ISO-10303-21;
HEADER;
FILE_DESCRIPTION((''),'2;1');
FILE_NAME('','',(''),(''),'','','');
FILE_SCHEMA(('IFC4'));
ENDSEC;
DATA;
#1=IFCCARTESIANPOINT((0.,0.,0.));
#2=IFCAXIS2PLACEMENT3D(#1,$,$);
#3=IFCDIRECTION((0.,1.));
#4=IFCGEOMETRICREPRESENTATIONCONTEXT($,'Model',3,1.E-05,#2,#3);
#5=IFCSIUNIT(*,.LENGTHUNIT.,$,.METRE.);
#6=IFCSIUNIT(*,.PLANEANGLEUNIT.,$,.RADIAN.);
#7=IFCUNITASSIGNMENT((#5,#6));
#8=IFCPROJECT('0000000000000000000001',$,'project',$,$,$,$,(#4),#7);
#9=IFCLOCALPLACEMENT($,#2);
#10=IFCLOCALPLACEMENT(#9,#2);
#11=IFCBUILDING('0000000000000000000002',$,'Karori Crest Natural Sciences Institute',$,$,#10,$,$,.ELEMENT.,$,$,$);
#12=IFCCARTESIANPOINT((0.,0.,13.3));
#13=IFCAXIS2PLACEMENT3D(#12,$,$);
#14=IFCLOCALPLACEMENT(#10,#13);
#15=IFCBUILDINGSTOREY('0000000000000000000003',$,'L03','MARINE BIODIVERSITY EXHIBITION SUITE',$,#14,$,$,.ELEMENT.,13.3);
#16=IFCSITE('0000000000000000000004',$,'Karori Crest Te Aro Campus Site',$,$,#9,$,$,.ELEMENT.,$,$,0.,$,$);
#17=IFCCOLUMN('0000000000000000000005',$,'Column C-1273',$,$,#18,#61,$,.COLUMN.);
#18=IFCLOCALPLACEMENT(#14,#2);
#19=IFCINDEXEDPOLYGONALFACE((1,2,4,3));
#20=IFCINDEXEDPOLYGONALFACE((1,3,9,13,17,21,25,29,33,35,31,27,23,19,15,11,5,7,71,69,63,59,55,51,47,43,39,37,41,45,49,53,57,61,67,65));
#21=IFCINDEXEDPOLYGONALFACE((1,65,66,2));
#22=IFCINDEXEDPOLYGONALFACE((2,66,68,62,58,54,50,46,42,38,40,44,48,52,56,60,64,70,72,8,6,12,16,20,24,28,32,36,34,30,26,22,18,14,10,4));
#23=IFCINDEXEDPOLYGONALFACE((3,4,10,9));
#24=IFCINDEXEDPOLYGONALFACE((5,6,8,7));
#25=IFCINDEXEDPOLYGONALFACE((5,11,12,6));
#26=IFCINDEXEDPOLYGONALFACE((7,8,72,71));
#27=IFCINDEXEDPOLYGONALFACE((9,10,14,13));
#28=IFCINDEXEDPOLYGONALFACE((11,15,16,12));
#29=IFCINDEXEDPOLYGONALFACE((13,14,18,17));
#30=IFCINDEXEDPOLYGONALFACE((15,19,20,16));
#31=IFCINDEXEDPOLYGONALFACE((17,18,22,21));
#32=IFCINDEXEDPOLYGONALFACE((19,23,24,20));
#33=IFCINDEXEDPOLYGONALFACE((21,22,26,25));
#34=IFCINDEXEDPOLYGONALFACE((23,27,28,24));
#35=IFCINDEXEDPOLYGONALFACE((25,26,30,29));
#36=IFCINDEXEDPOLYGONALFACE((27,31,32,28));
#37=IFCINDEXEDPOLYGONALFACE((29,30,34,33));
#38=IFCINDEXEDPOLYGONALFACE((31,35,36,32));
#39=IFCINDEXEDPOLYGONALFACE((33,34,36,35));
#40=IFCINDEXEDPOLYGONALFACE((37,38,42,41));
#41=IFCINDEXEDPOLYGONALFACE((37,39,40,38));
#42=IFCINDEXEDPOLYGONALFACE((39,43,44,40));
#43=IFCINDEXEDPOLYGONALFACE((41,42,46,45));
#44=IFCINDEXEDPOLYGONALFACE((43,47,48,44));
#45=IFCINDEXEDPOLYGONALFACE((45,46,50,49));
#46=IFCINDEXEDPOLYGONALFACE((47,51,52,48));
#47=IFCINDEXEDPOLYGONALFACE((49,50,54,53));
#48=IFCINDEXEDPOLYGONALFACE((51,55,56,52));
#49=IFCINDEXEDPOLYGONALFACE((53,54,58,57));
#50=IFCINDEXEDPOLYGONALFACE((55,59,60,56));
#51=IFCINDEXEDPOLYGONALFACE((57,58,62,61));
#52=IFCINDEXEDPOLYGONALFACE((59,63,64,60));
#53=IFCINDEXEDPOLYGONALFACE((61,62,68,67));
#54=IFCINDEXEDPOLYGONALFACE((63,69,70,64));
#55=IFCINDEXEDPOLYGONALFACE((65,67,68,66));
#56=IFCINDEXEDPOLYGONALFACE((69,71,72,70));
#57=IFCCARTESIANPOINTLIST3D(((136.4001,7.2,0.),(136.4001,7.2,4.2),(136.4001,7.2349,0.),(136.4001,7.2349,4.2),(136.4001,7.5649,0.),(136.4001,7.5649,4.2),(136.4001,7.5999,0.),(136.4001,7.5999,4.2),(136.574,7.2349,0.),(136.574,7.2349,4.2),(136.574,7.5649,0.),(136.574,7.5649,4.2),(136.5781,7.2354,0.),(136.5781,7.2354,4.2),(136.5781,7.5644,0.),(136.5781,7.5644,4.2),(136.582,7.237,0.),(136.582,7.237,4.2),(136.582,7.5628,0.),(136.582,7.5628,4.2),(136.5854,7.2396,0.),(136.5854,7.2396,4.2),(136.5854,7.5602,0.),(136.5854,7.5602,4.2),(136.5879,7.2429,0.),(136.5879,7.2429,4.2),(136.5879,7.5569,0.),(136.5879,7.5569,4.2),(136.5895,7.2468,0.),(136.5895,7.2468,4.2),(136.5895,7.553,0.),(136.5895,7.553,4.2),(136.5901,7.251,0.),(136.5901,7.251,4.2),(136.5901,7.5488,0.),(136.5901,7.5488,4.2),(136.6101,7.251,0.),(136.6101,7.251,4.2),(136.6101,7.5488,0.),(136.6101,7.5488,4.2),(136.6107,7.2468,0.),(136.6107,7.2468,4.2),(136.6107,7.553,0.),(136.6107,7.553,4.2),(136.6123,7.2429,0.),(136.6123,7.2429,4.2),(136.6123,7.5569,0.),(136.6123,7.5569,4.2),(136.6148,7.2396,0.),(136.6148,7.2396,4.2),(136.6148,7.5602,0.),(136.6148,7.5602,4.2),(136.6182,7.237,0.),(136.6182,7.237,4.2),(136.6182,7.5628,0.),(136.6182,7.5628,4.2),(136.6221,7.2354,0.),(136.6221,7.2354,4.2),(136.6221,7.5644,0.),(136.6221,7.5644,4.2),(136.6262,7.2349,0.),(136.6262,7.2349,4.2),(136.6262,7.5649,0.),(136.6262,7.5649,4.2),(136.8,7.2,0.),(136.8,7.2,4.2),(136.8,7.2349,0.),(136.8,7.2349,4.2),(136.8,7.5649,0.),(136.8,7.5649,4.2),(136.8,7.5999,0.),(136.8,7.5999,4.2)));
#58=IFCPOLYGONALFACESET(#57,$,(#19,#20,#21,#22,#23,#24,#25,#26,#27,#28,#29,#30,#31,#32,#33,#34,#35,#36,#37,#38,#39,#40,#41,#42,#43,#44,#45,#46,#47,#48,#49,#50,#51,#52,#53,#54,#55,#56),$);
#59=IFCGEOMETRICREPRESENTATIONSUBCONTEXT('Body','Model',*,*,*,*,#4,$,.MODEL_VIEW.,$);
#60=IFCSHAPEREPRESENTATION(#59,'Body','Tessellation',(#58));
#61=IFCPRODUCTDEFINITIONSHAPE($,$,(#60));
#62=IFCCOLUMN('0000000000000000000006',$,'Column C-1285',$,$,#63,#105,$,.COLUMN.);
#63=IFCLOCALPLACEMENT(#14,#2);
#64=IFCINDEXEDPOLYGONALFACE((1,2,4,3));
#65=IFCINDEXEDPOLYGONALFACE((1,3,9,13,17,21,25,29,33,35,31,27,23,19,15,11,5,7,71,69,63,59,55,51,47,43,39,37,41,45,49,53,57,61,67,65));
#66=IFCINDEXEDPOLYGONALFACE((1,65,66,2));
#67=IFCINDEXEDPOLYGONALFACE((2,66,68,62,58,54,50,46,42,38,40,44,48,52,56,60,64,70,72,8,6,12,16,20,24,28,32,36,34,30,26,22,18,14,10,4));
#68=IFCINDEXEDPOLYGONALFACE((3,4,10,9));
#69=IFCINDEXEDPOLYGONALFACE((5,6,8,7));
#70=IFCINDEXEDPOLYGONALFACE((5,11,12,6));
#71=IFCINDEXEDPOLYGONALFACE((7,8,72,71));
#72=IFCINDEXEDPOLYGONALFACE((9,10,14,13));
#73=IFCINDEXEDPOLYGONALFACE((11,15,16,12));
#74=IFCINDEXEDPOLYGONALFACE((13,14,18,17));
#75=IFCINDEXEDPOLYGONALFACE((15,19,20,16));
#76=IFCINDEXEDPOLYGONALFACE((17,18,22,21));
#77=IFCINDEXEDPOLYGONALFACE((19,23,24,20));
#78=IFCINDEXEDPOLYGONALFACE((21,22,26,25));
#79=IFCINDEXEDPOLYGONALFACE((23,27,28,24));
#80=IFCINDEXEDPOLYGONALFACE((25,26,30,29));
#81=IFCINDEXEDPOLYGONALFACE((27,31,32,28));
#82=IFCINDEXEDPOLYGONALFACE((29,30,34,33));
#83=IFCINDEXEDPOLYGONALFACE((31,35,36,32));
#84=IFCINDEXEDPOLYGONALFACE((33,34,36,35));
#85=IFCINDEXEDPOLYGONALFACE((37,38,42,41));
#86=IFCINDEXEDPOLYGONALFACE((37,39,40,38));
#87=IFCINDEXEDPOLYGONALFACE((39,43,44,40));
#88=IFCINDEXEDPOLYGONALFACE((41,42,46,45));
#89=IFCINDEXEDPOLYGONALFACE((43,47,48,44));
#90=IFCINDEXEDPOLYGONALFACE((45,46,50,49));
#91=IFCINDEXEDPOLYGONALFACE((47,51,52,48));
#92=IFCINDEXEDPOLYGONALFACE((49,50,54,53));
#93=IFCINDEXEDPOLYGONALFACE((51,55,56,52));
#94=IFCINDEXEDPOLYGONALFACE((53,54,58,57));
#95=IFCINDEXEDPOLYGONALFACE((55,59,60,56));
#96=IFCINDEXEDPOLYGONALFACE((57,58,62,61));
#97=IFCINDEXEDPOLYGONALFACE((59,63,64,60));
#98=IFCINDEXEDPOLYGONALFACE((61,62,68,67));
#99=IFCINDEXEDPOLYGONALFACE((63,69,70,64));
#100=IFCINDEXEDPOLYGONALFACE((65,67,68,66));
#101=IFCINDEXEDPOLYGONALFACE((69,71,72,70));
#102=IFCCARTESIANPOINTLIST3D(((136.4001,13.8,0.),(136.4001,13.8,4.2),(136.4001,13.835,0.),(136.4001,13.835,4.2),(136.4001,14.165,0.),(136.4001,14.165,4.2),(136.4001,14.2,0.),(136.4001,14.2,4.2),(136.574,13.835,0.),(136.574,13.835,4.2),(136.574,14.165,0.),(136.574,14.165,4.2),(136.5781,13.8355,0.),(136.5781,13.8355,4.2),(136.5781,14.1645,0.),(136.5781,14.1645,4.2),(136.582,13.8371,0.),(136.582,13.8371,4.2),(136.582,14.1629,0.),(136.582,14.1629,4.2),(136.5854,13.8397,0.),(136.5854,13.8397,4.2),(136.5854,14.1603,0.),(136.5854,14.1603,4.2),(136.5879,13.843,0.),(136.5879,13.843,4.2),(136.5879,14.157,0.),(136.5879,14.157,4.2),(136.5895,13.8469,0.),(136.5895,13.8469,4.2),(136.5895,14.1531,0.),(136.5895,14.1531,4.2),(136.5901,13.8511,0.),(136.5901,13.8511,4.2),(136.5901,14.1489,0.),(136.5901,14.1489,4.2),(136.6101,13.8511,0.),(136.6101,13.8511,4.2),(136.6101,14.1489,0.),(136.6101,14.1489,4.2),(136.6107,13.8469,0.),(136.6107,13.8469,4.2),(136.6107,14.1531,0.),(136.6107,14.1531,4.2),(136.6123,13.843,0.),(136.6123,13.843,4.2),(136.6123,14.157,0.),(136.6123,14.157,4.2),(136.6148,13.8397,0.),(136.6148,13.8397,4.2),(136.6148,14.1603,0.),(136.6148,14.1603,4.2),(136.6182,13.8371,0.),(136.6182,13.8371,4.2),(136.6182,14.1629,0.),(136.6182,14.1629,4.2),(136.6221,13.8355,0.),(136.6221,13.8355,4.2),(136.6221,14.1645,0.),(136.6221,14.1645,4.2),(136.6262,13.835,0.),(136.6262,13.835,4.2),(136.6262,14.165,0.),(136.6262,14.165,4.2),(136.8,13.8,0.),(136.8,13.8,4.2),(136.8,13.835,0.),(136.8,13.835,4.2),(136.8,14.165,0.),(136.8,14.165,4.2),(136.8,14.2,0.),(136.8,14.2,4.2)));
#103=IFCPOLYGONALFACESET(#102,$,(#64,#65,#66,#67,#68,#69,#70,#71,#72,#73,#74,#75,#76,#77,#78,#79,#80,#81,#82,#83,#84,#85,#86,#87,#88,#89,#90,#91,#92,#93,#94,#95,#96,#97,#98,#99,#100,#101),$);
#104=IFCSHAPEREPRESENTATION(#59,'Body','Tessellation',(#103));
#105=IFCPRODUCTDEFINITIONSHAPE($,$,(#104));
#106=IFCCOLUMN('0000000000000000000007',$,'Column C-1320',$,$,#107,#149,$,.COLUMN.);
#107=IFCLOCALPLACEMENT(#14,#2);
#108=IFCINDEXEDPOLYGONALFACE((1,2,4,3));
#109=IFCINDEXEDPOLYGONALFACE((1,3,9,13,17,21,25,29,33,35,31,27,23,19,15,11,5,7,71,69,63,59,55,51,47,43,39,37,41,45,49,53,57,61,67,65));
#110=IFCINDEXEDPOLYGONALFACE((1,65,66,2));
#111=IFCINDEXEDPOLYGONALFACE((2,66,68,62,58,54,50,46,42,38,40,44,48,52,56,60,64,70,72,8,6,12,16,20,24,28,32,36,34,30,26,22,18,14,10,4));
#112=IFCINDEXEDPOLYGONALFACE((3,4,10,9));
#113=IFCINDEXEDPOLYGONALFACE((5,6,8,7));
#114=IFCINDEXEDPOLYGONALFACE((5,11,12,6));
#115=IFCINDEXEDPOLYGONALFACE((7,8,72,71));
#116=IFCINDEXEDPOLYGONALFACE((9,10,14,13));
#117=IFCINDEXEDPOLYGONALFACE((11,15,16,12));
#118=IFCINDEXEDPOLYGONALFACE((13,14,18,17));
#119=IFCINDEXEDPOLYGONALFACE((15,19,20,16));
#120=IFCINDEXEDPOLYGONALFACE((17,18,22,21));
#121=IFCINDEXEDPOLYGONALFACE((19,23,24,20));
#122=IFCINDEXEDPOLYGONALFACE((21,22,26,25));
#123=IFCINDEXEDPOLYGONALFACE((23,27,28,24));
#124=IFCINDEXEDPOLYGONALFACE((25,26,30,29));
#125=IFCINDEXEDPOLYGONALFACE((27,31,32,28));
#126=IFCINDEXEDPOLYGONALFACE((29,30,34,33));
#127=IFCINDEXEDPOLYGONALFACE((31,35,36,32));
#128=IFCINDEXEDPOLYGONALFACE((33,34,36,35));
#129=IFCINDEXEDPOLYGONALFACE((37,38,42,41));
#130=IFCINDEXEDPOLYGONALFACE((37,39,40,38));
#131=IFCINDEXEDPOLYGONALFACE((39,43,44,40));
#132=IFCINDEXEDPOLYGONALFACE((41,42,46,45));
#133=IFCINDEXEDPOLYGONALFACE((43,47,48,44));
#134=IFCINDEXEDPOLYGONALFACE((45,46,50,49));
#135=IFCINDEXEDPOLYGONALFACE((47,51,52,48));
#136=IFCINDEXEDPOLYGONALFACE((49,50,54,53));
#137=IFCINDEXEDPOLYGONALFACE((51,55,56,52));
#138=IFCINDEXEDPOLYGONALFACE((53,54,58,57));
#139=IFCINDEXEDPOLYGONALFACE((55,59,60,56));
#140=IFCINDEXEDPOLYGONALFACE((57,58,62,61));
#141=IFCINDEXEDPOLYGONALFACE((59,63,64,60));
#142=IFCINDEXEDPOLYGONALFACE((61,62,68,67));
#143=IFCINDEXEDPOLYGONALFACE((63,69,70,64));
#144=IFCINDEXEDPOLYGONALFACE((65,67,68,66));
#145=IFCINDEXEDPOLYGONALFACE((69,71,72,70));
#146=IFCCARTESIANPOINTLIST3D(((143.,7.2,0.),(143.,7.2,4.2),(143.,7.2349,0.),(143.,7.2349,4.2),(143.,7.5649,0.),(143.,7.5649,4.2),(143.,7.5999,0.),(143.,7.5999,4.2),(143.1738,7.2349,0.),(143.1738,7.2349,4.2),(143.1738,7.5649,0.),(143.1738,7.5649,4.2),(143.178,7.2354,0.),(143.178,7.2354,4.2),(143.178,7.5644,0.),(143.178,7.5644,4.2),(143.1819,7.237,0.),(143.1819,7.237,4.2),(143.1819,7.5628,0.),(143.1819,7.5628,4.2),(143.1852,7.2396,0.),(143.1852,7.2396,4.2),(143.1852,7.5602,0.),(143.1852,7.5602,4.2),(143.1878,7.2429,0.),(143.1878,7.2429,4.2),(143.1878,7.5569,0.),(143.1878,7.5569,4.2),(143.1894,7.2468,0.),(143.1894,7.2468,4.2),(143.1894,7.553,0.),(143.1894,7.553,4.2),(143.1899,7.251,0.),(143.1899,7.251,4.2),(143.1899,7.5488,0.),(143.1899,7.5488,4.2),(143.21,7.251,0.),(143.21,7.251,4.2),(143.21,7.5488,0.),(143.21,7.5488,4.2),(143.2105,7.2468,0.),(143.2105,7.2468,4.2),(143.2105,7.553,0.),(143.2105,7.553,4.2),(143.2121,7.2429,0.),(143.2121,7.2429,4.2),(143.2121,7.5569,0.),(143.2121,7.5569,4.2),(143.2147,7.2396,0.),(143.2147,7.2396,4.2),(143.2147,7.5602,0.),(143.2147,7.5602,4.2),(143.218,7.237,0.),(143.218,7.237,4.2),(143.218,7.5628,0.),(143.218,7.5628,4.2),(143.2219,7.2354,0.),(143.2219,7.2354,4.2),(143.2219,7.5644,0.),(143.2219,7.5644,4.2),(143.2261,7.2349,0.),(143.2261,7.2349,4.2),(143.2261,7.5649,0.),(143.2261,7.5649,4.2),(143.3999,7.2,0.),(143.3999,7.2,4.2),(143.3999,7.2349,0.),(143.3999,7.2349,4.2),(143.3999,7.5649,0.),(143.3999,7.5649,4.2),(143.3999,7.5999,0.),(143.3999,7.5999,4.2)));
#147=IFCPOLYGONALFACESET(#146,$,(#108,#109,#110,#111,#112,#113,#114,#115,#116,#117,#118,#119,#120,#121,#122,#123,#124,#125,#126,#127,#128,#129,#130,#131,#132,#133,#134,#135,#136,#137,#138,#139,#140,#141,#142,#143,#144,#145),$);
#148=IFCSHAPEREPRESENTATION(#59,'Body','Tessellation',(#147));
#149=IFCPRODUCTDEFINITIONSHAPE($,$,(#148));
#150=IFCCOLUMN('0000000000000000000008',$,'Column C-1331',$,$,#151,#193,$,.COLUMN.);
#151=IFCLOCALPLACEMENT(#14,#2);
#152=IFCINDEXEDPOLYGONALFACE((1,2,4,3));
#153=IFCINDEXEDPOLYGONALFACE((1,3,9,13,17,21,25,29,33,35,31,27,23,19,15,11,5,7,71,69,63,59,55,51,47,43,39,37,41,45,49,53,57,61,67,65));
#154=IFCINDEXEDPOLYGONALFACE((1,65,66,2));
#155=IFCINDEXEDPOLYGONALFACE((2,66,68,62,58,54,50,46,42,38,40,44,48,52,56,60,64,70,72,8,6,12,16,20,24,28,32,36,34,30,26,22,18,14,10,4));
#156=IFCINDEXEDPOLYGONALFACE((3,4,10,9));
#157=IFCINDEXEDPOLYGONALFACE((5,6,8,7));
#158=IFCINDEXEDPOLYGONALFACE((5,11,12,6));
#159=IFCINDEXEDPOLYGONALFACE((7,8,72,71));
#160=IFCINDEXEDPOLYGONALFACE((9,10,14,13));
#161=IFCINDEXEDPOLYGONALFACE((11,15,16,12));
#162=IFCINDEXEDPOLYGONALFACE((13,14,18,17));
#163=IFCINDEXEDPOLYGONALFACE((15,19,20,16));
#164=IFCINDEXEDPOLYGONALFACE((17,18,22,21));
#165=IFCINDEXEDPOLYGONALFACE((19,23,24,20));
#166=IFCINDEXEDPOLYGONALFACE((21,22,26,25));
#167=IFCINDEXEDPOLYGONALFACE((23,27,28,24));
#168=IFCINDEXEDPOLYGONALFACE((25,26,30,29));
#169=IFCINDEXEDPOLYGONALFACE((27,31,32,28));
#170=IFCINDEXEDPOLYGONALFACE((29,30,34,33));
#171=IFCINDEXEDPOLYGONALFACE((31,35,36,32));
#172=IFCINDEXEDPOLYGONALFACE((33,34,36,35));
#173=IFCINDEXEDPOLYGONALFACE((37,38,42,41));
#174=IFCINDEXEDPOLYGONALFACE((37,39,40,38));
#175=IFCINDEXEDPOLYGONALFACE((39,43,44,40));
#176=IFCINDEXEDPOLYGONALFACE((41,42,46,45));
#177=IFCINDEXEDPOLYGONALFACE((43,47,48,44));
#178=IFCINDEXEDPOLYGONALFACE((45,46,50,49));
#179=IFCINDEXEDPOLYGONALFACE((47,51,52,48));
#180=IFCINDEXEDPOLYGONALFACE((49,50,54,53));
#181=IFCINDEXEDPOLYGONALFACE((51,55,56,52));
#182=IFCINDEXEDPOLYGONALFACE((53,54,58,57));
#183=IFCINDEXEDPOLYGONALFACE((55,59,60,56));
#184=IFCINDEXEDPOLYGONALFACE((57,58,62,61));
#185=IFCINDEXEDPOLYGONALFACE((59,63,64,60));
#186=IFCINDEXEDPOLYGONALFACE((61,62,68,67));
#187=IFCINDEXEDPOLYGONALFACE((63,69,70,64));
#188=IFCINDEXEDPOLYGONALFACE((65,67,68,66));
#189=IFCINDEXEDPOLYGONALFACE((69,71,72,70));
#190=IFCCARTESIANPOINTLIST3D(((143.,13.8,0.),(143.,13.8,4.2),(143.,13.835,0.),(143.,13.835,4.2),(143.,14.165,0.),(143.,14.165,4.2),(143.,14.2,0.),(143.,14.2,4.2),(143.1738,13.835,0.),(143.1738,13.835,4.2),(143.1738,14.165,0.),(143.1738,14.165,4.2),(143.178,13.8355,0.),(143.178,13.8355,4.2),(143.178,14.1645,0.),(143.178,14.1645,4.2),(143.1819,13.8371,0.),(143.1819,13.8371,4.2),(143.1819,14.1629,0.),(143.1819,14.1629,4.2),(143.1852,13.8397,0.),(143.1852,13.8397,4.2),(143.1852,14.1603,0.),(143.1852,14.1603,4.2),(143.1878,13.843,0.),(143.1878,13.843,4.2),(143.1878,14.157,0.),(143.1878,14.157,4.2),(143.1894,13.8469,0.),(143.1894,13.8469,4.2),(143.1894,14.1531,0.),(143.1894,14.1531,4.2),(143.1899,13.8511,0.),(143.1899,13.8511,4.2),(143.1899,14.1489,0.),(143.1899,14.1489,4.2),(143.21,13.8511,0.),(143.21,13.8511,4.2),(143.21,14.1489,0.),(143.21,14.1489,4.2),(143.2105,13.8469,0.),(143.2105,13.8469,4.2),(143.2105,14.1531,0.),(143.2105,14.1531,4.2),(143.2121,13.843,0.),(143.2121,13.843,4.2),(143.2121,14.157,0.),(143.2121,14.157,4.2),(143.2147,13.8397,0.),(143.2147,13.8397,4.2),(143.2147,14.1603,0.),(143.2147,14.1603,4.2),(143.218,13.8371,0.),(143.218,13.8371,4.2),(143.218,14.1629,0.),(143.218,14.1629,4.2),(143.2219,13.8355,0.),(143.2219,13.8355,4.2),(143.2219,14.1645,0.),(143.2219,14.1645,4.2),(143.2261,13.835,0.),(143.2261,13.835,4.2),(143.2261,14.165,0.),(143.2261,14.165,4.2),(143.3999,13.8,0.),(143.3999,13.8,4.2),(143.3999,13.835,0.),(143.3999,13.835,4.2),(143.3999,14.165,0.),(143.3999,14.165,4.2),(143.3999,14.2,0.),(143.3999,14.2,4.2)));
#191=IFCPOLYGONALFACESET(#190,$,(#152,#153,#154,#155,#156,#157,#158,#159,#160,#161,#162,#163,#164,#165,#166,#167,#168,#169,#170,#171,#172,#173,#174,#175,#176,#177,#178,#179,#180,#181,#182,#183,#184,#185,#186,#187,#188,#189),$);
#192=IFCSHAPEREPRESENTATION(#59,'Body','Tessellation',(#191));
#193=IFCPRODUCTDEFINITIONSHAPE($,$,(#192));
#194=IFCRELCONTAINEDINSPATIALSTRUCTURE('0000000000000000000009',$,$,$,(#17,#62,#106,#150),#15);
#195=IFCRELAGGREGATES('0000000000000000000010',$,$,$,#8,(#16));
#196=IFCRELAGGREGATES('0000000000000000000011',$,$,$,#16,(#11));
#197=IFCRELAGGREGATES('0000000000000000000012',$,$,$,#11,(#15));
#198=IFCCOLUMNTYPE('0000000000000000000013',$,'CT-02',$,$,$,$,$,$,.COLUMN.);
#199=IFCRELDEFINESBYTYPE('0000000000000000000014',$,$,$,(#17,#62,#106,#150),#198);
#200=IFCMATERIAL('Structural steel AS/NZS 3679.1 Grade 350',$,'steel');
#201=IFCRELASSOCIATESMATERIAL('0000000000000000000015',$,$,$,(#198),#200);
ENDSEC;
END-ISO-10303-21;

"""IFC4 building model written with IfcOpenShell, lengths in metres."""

from ifc_helpers import new_model, si_unit, direction, frame, origin, origin_2d, place, context, subcontext, project, spatial, i_section, extrude, material, material_profile, profile_set, type_object, element, save


model = new_model("IFC4")

# Units and contexts
model_context = context("Model", 3, precision=1e-05, world=origin(), true_north=direction((0.0, 1.0)))
body_context = subcontext(model_context, "Body", "Model", "MODEL_VIEW")
ifc_project = project(units=[si_unit("LENGTHUNIT", "METRE"), si_unit("PLANEANGLEUNIT", "RADIAN")], contexts=[model_context])

# Site, building, storey
site_placement = place(None, origin())
site = spatial("IfcSite", under=ifc_project, at=site_placement, Name="Karori Crest Te Aro Campus Site", CompositionType="ELEMENT", RefElevation=0.0)
building_placement = place(site_placement, origin())
building = spatial("IfcBuilding", under=site, at=building_placement, Name="Karori Crest Natural Sciences Institute", CompositionType="ELEMENT")
storey_placement = place(building_placement, frame((0.0, 0.0, 13.3)))
storey = spatial("IfcBuildingStorey", under=building, at=storey_placement, Name="L03", Description="MARINE BIODIVERSITY EXHIBITION SUITE", CompositionType="ELEMENT", Elevation=13.3)

# Columns
ifc_material_1 = material(Name="Structural steel AS/NZS 3679.1 Grade 350", Category="steel")
ifc_material_profile_1 = material_profile(ifc_material_1, i_section(OverallWidth=0.3999, OverallDepth=0.3999, WebThickness=0.02, FlangeThickness=0.0349, FilletRadius=0.0161, at=origin_2d()), Name="400WC328")
ifc_profile_set_1 = profile_set([ifc_material_profile_1], Name="Structural steel AS/NZS 3679.1 Grade 350")
column_type = type_object("IfcColumnType", Name="CT-02", PredefinedType="COLUMN", material=ifc_profile_set_1)
for number, where, z_axis, x_axis, name in (
    (1, (136.6001, 7.3999, 0.0), (0.0, 0.0, 1.0), (1.0, 0.0, 0.0), "Column C-1273"),
    (2, (136.6001, 14.0, 0.0), (0.0, 0.0, 1.0), (1.0, 0.0, 0.0), "Column C-1285"),
    (3, (143.2, 7.3999, 0.0), (0.0, 0.0, 1.0), (1.0, 0.0, 0.0), "Column C-1320"),
    (4, (143.2, 14.0, 0.0), (0.0, 0.0, 1.0), (1.0, 0.0, 0.0), "Column C-1331"),
):
    element("IfcColumn", number, at=place(storey_placement, frame(where, z_axis=z_axis, x_axis=x_axis)), inside=storey, type_object=column_type, Name=name, PredefinedType="COLUMN", context=body_context, shape_type="SweptSolid", body=[
        extrude(i_section(OverallWidth=0.3999, OverallDepth=0.3999, WebThickness=0.02, FlangeThickness=0.0349, FilletRadius=0.0161, at=origin_2d()), origin(), (0.0, 0.0, 1.0), 4.2),
    ])

save(model, "model.ifc")
